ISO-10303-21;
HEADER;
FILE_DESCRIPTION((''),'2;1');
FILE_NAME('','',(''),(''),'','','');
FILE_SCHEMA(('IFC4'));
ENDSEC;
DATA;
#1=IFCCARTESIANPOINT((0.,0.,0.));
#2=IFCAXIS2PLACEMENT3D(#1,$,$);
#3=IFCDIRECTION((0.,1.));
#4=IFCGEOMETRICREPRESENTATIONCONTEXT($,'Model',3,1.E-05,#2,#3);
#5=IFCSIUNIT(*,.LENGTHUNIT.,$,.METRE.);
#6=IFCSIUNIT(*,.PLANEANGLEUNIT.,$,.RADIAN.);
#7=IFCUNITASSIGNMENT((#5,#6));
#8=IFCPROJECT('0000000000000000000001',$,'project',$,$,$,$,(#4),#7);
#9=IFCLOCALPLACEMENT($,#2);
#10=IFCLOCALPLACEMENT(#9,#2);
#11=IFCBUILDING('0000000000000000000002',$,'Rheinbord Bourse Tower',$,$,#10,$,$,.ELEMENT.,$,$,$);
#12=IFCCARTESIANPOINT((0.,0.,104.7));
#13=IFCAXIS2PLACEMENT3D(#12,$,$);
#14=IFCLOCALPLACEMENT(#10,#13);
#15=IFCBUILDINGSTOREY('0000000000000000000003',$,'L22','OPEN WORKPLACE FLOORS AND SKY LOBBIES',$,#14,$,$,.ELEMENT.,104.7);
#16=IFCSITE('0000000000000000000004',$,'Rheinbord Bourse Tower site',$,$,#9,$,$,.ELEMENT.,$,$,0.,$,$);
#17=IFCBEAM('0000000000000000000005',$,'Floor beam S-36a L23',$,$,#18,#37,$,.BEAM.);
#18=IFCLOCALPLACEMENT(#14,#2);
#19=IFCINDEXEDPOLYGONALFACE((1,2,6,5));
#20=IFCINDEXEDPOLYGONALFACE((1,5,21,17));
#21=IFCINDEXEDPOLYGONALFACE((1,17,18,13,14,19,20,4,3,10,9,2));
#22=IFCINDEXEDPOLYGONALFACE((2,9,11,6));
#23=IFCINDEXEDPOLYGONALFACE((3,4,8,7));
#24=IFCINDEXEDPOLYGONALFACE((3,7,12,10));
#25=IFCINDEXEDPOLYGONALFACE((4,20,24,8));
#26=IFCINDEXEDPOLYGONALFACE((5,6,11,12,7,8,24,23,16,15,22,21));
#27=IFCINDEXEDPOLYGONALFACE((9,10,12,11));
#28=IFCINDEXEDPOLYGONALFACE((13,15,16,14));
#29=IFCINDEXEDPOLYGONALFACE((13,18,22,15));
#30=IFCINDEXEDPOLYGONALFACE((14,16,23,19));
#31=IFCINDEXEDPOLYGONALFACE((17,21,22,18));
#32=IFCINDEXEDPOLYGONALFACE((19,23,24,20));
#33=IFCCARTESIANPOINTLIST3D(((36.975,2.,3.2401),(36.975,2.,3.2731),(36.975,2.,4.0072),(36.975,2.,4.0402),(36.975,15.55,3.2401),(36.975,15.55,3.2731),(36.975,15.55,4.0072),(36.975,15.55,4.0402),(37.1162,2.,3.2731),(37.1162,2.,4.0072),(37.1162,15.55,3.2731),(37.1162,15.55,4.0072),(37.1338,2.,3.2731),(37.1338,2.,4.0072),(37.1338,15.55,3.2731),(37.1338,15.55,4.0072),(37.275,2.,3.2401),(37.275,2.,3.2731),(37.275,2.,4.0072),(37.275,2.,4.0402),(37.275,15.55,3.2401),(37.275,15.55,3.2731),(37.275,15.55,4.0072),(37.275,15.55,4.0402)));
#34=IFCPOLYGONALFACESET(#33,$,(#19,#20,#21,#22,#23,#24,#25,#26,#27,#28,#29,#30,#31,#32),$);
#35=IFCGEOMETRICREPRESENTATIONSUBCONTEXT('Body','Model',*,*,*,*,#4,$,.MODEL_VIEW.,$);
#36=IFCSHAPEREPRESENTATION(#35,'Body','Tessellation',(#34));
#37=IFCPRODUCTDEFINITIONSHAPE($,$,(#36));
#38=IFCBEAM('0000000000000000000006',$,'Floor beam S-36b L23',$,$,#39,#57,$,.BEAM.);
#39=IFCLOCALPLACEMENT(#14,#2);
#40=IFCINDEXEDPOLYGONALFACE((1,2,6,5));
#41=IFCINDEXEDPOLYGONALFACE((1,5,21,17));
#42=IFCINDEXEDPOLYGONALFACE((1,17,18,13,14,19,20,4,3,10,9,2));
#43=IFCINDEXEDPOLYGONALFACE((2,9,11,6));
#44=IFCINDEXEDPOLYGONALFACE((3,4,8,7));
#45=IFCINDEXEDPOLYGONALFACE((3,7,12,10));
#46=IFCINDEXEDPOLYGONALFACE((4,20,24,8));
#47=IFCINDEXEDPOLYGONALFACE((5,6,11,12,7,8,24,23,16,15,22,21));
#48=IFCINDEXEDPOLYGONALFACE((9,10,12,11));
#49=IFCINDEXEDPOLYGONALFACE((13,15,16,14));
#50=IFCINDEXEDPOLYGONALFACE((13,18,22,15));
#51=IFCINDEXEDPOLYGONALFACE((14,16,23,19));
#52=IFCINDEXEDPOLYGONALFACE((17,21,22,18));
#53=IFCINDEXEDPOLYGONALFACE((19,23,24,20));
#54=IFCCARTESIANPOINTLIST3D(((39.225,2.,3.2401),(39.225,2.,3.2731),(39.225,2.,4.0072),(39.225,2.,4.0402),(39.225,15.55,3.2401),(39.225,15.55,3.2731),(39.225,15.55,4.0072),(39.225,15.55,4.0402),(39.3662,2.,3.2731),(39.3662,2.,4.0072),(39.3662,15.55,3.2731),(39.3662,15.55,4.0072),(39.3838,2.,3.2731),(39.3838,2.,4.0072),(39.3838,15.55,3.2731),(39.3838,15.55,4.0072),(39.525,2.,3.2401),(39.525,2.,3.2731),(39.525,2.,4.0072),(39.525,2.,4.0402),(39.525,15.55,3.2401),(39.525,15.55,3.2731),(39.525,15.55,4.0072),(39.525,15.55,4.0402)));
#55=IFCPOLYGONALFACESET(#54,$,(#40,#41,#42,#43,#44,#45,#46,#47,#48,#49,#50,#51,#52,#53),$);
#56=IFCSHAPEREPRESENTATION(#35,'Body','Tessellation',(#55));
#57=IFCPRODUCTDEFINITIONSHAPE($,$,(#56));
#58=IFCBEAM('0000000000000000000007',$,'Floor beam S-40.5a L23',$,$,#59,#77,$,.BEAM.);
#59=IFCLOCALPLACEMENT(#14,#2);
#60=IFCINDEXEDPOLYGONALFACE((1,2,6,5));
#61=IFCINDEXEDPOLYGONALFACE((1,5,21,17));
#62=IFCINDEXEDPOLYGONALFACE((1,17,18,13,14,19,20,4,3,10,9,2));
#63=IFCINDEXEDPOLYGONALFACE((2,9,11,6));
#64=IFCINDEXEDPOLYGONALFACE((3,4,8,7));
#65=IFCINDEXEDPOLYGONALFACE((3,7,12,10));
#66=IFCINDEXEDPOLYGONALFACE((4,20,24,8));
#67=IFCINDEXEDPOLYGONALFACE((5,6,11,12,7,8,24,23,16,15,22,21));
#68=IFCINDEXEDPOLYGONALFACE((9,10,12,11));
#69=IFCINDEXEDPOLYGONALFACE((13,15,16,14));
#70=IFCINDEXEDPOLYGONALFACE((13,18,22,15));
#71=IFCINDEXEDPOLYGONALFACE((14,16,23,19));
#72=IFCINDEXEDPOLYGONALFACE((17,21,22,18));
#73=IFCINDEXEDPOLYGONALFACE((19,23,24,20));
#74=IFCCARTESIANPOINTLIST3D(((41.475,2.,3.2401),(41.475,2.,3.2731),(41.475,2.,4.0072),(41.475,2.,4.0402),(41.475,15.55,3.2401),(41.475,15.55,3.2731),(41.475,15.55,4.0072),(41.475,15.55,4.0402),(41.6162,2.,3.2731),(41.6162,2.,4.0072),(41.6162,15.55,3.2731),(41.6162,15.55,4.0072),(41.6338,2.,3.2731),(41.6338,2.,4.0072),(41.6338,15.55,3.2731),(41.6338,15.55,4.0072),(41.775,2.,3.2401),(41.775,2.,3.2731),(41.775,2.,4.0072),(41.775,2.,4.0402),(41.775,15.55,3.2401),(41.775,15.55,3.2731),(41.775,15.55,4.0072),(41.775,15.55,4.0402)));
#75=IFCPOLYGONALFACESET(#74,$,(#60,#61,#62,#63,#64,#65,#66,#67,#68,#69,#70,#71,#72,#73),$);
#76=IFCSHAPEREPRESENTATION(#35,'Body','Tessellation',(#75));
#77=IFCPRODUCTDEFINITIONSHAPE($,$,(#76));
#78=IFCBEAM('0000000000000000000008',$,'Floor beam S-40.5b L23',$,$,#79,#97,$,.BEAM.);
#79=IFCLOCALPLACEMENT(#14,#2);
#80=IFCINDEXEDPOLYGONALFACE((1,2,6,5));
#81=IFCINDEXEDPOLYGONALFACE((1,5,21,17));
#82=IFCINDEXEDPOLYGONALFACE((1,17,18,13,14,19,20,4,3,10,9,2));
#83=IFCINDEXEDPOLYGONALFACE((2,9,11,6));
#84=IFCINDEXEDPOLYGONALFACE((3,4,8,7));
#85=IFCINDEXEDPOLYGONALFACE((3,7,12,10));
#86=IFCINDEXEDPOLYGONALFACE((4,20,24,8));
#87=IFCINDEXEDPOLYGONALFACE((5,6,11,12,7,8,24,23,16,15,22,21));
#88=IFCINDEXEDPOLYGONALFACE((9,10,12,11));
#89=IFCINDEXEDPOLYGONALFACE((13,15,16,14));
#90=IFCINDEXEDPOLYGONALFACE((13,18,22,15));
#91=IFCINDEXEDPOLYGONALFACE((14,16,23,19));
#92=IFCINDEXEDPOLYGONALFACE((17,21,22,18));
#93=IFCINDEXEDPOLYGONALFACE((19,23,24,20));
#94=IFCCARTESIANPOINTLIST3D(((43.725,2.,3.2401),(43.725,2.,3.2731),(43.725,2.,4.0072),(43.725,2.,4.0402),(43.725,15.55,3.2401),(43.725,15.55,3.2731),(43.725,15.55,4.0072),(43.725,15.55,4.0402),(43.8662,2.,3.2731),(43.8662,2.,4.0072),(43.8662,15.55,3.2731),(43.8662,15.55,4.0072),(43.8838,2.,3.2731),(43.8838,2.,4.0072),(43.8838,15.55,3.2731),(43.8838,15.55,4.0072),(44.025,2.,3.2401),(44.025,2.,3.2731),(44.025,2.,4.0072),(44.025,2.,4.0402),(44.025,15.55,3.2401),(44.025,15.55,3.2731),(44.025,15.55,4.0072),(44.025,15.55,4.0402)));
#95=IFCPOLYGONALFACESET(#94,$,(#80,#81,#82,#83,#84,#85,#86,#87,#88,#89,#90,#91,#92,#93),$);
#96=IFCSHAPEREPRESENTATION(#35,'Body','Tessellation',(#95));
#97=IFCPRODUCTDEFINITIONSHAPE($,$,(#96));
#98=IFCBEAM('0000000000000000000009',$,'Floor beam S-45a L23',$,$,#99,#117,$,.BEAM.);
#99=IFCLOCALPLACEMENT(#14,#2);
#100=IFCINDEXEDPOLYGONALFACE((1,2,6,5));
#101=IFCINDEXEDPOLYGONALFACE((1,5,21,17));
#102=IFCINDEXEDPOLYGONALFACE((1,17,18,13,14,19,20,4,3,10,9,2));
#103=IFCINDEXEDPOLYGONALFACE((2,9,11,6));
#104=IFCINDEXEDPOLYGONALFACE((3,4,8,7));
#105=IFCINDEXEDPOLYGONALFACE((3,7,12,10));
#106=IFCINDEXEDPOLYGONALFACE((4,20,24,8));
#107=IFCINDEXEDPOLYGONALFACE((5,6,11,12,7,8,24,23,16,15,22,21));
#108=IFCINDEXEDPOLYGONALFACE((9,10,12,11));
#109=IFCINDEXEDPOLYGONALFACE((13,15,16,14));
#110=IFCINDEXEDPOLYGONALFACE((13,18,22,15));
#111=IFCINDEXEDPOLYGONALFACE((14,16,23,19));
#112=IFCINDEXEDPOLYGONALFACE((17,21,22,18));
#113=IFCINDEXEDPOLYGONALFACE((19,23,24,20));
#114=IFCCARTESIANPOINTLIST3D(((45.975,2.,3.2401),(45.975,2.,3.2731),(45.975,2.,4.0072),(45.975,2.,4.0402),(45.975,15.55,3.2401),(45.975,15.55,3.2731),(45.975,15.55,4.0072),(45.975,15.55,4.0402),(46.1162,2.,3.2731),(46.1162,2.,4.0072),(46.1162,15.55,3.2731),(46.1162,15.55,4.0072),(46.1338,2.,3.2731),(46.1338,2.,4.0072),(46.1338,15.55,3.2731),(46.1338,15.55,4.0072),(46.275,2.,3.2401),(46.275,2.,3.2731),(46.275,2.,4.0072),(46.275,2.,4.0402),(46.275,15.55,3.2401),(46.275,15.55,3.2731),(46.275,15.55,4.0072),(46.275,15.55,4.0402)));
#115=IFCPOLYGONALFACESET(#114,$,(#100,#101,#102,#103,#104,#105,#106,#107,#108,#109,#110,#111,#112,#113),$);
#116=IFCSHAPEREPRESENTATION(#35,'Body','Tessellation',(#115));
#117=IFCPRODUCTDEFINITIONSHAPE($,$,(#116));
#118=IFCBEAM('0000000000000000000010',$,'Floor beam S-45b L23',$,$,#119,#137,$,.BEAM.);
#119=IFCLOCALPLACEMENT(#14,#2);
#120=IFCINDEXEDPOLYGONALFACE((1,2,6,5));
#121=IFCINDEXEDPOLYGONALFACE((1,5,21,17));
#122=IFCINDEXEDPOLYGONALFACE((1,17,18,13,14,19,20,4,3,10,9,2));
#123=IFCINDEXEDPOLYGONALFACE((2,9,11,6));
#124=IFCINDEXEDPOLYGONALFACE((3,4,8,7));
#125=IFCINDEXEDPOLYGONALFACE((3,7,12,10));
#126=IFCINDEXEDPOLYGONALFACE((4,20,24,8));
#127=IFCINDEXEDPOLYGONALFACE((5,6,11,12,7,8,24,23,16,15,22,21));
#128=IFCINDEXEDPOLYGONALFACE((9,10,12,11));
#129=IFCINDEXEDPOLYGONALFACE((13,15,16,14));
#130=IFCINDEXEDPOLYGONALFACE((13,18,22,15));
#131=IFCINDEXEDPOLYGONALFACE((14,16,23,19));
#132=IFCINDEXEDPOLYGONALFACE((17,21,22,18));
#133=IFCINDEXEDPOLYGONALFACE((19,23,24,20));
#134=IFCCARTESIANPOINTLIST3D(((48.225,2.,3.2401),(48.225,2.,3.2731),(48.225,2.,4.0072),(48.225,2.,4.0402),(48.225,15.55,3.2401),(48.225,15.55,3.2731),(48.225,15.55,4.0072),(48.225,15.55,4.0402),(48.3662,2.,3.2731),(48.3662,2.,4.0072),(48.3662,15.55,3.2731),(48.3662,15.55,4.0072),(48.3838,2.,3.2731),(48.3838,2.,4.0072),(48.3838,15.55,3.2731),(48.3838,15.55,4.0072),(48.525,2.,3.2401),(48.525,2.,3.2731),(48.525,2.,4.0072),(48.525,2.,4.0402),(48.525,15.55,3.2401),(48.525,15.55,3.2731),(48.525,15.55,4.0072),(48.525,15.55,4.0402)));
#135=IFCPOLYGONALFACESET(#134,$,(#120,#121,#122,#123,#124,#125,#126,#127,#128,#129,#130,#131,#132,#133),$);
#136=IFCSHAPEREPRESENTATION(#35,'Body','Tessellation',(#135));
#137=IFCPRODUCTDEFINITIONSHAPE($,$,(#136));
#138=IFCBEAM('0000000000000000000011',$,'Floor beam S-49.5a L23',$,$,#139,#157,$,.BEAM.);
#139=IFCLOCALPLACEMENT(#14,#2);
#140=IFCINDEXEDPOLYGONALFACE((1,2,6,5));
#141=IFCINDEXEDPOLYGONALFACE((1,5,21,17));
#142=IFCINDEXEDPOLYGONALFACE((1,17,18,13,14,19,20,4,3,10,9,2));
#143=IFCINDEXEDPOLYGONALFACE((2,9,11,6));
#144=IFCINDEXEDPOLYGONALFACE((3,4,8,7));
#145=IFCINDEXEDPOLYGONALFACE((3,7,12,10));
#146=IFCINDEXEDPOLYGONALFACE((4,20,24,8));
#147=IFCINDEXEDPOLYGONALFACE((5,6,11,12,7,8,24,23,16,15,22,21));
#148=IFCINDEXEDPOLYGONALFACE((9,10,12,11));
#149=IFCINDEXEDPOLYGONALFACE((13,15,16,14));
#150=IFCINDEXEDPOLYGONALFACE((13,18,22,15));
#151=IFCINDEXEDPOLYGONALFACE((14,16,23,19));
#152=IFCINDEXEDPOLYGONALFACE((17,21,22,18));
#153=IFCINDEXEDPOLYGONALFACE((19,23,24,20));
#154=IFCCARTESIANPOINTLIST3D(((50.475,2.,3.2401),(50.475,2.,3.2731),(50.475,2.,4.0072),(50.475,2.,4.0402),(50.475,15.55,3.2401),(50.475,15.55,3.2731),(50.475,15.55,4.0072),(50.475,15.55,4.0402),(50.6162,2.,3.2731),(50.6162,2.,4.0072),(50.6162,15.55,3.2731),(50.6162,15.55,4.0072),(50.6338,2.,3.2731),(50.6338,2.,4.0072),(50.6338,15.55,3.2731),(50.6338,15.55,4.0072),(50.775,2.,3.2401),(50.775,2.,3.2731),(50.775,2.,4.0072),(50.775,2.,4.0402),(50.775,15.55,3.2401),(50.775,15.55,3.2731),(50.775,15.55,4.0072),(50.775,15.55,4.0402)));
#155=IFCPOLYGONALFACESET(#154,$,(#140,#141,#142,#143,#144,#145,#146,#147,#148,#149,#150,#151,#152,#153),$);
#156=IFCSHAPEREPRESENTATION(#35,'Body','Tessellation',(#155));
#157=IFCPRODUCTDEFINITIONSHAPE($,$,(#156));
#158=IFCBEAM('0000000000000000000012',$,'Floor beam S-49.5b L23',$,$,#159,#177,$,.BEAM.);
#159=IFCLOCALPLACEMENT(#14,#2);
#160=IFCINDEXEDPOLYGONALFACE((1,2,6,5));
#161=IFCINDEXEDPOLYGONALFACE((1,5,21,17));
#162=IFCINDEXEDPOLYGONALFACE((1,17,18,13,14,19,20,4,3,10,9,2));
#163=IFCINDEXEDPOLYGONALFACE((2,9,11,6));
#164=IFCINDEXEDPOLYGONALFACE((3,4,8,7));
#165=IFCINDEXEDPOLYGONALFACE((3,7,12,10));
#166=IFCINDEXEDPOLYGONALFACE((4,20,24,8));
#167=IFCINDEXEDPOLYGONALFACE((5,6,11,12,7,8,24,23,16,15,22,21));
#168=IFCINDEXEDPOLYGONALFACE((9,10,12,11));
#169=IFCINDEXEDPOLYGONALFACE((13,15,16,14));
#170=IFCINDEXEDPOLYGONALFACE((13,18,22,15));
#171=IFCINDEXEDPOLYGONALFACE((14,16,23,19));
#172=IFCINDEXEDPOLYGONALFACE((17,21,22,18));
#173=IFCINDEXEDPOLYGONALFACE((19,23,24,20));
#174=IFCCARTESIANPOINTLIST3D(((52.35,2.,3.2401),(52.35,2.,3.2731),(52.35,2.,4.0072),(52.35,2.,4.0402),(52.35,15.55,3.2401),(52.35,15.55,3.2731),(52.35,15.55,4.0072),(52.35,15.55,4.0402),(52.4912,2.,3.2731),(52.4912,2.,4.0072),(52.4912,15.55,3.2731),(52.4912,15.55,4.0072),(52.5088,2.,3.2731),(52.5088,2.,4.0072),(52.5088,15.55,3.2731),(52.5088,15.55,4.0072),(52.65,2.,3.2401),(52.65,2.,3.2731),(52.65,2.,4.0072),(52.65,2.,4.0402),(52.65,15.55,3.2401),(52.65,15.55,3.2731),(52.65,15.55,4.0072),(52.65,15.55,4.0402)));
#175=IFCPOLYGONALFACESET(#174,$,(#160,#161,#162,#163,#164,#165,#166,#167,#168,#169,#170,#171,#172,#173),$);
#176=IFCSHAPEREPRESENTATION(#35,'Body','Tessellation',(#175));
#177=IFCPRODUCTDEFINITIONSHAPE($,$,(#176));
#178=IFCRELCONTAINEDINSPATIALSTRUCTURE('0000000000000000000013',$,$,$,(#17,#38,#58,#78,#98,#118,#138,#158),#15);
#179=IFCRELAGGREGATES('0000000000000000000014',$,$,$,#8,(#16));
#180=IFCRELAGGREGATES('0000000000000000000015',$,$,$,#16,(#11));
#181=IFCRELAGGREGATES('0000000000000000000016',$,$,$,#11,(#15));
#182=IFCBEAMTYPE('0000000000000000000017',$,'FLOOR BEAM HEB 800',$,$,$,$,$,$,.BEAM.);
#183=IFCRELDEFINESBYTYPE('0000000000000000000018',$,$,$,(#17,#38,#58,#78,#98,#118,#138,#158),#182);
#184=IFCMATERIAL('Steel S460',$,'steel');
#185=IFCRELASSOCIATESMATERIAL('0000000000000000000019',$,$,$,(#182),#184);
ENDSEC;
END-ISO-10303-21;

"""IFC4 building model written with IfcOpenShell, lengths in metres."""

from ifc_helpers import new_model, si_unit, direction, frame, origin, origin_2d, place, context, subcontext, project, spatial, i_section, extrude, material, material_profile, profile_set, type_object, element, save


model = new_model("IFC4")

# Units and contexts
model_context = context("Model", 3, precision=1e-05, world=origin(), true_north=direction((0.0, 1.0)))
body_context = subcontext(model_context, "Body", "Model", "MODEL_VIEW")
ifc_project = project(units=[si_unit("LENGTHUNIT", "METRE"), si_unit("PLANEANGLEUNIT", "RADIAN")], contexts=[model_context])

# Site, building, storey
site_placement = place(None, origin())
site = spatial("IfcSite", under=ifc_project, at=site_placement, Name="Rheinbord Bourse Tower site", CompositionType="ELEMENT", RefElevation=0.0)
building_placement = place(site_placement, origin())
building = spatial("IfcBuilding", under=site, at=building_placement, Name="Rheinbord Bourse Tower", CompositionType="ELEMENT")
storey_placement = place(building_placement, frame((0.0, 0.0, 104.7)))
storey = spatial("IfcBuildingStorey", under=building, at=storey_placement, Name="L22", Description="OPEN WORKPLACE FLOORS AND SKY LOBBIES", CompositionType="ELEMENT", Elevation=104.7)

# Beams
ifc_material_1 = material(Name="Steel S460", Category="steel")
ifc_material_profile_1 = material_profile(ifc_material_1, i_section(OverallWidth=0.3, OverallDepth=0.8, WebThickness=0.0176, FlangeThickness=0.033, at=origin_2d()), Name="HEB 800")
ifc_profile_set_1 = profile_set([ifc_material_profile_1], Name="Steel S460")
beam_type_1 = type_object("IfcBeamType", Name="FLOOR BEAM HEB 800", PredefinedType="BEAM", material=ifc_profile_set_1)
for number, where, z_axis, x_axis, name in (
    (1, (37.125, 2.0, 3.6401), (0.0, 1.0, 0.0), (-1.0, 0.0, 0.0), "Floor beam S-36a L23"),
    (2, (39.375, 2.0, 3.6401), (0.0, 1.0, 0.0), (-1.0, 0.0, 0.0), "Floor beam S-36b L23"),
    (3, (41.625, 2.0, 3.6401), (0.0, 1.0, 0.0), (-1.0, 0.0, 0.0), "Floor beam S-40.5a L23"),
    (4, (43.875, 2.0, 3.6401), (0.0, 1.0, 0.0), (-1.0, 0.0, 0.0), "Floor beam S-40.5b L23"),
    (5, (46.125, 2.0, 3.6401), (0.0, 1.0, 0.0), (-1.0, 0.0, 0.0), "Floor beam S-45a L23"),
    (6, (48.375, 2.0, 3.6401), (0.0, 1.0, 0.0), (-1.0, 0.0, 0.0), "Floor beam S-45b L23"),
    (7, (50.625, 2.0, 3.6401), (0.0, 1.0, 0.0), (-1.0, 0.0, 0.0), "Floor beam S-49.5a L23"),
    (8, (52.5, 2.0, 3.6401), (0.0, 1.0, 0.0), (-1.0, 0.0, 0.0), "Floor beam S-49.5b L23"),
):
    element("IfcBeam", number, at=place(storey_placement, frame(where, z_axis=z_axis, x_axis=x_axis)), inside=storey, type_object=beam_type_1, Name=name, PredefinedType="BEAM", context=body_context, shape_type="SweptSolid", body=[
        extrude(i_section(OverallWidth=0.3, OverallDepth=0.8, WebThickness=0.0176, FlangeThickness=0.033, at=origin_2d()), origin(), (0.0, 0.0, 1.0), 13.55),
    ])

save(model, "model.ifc")
